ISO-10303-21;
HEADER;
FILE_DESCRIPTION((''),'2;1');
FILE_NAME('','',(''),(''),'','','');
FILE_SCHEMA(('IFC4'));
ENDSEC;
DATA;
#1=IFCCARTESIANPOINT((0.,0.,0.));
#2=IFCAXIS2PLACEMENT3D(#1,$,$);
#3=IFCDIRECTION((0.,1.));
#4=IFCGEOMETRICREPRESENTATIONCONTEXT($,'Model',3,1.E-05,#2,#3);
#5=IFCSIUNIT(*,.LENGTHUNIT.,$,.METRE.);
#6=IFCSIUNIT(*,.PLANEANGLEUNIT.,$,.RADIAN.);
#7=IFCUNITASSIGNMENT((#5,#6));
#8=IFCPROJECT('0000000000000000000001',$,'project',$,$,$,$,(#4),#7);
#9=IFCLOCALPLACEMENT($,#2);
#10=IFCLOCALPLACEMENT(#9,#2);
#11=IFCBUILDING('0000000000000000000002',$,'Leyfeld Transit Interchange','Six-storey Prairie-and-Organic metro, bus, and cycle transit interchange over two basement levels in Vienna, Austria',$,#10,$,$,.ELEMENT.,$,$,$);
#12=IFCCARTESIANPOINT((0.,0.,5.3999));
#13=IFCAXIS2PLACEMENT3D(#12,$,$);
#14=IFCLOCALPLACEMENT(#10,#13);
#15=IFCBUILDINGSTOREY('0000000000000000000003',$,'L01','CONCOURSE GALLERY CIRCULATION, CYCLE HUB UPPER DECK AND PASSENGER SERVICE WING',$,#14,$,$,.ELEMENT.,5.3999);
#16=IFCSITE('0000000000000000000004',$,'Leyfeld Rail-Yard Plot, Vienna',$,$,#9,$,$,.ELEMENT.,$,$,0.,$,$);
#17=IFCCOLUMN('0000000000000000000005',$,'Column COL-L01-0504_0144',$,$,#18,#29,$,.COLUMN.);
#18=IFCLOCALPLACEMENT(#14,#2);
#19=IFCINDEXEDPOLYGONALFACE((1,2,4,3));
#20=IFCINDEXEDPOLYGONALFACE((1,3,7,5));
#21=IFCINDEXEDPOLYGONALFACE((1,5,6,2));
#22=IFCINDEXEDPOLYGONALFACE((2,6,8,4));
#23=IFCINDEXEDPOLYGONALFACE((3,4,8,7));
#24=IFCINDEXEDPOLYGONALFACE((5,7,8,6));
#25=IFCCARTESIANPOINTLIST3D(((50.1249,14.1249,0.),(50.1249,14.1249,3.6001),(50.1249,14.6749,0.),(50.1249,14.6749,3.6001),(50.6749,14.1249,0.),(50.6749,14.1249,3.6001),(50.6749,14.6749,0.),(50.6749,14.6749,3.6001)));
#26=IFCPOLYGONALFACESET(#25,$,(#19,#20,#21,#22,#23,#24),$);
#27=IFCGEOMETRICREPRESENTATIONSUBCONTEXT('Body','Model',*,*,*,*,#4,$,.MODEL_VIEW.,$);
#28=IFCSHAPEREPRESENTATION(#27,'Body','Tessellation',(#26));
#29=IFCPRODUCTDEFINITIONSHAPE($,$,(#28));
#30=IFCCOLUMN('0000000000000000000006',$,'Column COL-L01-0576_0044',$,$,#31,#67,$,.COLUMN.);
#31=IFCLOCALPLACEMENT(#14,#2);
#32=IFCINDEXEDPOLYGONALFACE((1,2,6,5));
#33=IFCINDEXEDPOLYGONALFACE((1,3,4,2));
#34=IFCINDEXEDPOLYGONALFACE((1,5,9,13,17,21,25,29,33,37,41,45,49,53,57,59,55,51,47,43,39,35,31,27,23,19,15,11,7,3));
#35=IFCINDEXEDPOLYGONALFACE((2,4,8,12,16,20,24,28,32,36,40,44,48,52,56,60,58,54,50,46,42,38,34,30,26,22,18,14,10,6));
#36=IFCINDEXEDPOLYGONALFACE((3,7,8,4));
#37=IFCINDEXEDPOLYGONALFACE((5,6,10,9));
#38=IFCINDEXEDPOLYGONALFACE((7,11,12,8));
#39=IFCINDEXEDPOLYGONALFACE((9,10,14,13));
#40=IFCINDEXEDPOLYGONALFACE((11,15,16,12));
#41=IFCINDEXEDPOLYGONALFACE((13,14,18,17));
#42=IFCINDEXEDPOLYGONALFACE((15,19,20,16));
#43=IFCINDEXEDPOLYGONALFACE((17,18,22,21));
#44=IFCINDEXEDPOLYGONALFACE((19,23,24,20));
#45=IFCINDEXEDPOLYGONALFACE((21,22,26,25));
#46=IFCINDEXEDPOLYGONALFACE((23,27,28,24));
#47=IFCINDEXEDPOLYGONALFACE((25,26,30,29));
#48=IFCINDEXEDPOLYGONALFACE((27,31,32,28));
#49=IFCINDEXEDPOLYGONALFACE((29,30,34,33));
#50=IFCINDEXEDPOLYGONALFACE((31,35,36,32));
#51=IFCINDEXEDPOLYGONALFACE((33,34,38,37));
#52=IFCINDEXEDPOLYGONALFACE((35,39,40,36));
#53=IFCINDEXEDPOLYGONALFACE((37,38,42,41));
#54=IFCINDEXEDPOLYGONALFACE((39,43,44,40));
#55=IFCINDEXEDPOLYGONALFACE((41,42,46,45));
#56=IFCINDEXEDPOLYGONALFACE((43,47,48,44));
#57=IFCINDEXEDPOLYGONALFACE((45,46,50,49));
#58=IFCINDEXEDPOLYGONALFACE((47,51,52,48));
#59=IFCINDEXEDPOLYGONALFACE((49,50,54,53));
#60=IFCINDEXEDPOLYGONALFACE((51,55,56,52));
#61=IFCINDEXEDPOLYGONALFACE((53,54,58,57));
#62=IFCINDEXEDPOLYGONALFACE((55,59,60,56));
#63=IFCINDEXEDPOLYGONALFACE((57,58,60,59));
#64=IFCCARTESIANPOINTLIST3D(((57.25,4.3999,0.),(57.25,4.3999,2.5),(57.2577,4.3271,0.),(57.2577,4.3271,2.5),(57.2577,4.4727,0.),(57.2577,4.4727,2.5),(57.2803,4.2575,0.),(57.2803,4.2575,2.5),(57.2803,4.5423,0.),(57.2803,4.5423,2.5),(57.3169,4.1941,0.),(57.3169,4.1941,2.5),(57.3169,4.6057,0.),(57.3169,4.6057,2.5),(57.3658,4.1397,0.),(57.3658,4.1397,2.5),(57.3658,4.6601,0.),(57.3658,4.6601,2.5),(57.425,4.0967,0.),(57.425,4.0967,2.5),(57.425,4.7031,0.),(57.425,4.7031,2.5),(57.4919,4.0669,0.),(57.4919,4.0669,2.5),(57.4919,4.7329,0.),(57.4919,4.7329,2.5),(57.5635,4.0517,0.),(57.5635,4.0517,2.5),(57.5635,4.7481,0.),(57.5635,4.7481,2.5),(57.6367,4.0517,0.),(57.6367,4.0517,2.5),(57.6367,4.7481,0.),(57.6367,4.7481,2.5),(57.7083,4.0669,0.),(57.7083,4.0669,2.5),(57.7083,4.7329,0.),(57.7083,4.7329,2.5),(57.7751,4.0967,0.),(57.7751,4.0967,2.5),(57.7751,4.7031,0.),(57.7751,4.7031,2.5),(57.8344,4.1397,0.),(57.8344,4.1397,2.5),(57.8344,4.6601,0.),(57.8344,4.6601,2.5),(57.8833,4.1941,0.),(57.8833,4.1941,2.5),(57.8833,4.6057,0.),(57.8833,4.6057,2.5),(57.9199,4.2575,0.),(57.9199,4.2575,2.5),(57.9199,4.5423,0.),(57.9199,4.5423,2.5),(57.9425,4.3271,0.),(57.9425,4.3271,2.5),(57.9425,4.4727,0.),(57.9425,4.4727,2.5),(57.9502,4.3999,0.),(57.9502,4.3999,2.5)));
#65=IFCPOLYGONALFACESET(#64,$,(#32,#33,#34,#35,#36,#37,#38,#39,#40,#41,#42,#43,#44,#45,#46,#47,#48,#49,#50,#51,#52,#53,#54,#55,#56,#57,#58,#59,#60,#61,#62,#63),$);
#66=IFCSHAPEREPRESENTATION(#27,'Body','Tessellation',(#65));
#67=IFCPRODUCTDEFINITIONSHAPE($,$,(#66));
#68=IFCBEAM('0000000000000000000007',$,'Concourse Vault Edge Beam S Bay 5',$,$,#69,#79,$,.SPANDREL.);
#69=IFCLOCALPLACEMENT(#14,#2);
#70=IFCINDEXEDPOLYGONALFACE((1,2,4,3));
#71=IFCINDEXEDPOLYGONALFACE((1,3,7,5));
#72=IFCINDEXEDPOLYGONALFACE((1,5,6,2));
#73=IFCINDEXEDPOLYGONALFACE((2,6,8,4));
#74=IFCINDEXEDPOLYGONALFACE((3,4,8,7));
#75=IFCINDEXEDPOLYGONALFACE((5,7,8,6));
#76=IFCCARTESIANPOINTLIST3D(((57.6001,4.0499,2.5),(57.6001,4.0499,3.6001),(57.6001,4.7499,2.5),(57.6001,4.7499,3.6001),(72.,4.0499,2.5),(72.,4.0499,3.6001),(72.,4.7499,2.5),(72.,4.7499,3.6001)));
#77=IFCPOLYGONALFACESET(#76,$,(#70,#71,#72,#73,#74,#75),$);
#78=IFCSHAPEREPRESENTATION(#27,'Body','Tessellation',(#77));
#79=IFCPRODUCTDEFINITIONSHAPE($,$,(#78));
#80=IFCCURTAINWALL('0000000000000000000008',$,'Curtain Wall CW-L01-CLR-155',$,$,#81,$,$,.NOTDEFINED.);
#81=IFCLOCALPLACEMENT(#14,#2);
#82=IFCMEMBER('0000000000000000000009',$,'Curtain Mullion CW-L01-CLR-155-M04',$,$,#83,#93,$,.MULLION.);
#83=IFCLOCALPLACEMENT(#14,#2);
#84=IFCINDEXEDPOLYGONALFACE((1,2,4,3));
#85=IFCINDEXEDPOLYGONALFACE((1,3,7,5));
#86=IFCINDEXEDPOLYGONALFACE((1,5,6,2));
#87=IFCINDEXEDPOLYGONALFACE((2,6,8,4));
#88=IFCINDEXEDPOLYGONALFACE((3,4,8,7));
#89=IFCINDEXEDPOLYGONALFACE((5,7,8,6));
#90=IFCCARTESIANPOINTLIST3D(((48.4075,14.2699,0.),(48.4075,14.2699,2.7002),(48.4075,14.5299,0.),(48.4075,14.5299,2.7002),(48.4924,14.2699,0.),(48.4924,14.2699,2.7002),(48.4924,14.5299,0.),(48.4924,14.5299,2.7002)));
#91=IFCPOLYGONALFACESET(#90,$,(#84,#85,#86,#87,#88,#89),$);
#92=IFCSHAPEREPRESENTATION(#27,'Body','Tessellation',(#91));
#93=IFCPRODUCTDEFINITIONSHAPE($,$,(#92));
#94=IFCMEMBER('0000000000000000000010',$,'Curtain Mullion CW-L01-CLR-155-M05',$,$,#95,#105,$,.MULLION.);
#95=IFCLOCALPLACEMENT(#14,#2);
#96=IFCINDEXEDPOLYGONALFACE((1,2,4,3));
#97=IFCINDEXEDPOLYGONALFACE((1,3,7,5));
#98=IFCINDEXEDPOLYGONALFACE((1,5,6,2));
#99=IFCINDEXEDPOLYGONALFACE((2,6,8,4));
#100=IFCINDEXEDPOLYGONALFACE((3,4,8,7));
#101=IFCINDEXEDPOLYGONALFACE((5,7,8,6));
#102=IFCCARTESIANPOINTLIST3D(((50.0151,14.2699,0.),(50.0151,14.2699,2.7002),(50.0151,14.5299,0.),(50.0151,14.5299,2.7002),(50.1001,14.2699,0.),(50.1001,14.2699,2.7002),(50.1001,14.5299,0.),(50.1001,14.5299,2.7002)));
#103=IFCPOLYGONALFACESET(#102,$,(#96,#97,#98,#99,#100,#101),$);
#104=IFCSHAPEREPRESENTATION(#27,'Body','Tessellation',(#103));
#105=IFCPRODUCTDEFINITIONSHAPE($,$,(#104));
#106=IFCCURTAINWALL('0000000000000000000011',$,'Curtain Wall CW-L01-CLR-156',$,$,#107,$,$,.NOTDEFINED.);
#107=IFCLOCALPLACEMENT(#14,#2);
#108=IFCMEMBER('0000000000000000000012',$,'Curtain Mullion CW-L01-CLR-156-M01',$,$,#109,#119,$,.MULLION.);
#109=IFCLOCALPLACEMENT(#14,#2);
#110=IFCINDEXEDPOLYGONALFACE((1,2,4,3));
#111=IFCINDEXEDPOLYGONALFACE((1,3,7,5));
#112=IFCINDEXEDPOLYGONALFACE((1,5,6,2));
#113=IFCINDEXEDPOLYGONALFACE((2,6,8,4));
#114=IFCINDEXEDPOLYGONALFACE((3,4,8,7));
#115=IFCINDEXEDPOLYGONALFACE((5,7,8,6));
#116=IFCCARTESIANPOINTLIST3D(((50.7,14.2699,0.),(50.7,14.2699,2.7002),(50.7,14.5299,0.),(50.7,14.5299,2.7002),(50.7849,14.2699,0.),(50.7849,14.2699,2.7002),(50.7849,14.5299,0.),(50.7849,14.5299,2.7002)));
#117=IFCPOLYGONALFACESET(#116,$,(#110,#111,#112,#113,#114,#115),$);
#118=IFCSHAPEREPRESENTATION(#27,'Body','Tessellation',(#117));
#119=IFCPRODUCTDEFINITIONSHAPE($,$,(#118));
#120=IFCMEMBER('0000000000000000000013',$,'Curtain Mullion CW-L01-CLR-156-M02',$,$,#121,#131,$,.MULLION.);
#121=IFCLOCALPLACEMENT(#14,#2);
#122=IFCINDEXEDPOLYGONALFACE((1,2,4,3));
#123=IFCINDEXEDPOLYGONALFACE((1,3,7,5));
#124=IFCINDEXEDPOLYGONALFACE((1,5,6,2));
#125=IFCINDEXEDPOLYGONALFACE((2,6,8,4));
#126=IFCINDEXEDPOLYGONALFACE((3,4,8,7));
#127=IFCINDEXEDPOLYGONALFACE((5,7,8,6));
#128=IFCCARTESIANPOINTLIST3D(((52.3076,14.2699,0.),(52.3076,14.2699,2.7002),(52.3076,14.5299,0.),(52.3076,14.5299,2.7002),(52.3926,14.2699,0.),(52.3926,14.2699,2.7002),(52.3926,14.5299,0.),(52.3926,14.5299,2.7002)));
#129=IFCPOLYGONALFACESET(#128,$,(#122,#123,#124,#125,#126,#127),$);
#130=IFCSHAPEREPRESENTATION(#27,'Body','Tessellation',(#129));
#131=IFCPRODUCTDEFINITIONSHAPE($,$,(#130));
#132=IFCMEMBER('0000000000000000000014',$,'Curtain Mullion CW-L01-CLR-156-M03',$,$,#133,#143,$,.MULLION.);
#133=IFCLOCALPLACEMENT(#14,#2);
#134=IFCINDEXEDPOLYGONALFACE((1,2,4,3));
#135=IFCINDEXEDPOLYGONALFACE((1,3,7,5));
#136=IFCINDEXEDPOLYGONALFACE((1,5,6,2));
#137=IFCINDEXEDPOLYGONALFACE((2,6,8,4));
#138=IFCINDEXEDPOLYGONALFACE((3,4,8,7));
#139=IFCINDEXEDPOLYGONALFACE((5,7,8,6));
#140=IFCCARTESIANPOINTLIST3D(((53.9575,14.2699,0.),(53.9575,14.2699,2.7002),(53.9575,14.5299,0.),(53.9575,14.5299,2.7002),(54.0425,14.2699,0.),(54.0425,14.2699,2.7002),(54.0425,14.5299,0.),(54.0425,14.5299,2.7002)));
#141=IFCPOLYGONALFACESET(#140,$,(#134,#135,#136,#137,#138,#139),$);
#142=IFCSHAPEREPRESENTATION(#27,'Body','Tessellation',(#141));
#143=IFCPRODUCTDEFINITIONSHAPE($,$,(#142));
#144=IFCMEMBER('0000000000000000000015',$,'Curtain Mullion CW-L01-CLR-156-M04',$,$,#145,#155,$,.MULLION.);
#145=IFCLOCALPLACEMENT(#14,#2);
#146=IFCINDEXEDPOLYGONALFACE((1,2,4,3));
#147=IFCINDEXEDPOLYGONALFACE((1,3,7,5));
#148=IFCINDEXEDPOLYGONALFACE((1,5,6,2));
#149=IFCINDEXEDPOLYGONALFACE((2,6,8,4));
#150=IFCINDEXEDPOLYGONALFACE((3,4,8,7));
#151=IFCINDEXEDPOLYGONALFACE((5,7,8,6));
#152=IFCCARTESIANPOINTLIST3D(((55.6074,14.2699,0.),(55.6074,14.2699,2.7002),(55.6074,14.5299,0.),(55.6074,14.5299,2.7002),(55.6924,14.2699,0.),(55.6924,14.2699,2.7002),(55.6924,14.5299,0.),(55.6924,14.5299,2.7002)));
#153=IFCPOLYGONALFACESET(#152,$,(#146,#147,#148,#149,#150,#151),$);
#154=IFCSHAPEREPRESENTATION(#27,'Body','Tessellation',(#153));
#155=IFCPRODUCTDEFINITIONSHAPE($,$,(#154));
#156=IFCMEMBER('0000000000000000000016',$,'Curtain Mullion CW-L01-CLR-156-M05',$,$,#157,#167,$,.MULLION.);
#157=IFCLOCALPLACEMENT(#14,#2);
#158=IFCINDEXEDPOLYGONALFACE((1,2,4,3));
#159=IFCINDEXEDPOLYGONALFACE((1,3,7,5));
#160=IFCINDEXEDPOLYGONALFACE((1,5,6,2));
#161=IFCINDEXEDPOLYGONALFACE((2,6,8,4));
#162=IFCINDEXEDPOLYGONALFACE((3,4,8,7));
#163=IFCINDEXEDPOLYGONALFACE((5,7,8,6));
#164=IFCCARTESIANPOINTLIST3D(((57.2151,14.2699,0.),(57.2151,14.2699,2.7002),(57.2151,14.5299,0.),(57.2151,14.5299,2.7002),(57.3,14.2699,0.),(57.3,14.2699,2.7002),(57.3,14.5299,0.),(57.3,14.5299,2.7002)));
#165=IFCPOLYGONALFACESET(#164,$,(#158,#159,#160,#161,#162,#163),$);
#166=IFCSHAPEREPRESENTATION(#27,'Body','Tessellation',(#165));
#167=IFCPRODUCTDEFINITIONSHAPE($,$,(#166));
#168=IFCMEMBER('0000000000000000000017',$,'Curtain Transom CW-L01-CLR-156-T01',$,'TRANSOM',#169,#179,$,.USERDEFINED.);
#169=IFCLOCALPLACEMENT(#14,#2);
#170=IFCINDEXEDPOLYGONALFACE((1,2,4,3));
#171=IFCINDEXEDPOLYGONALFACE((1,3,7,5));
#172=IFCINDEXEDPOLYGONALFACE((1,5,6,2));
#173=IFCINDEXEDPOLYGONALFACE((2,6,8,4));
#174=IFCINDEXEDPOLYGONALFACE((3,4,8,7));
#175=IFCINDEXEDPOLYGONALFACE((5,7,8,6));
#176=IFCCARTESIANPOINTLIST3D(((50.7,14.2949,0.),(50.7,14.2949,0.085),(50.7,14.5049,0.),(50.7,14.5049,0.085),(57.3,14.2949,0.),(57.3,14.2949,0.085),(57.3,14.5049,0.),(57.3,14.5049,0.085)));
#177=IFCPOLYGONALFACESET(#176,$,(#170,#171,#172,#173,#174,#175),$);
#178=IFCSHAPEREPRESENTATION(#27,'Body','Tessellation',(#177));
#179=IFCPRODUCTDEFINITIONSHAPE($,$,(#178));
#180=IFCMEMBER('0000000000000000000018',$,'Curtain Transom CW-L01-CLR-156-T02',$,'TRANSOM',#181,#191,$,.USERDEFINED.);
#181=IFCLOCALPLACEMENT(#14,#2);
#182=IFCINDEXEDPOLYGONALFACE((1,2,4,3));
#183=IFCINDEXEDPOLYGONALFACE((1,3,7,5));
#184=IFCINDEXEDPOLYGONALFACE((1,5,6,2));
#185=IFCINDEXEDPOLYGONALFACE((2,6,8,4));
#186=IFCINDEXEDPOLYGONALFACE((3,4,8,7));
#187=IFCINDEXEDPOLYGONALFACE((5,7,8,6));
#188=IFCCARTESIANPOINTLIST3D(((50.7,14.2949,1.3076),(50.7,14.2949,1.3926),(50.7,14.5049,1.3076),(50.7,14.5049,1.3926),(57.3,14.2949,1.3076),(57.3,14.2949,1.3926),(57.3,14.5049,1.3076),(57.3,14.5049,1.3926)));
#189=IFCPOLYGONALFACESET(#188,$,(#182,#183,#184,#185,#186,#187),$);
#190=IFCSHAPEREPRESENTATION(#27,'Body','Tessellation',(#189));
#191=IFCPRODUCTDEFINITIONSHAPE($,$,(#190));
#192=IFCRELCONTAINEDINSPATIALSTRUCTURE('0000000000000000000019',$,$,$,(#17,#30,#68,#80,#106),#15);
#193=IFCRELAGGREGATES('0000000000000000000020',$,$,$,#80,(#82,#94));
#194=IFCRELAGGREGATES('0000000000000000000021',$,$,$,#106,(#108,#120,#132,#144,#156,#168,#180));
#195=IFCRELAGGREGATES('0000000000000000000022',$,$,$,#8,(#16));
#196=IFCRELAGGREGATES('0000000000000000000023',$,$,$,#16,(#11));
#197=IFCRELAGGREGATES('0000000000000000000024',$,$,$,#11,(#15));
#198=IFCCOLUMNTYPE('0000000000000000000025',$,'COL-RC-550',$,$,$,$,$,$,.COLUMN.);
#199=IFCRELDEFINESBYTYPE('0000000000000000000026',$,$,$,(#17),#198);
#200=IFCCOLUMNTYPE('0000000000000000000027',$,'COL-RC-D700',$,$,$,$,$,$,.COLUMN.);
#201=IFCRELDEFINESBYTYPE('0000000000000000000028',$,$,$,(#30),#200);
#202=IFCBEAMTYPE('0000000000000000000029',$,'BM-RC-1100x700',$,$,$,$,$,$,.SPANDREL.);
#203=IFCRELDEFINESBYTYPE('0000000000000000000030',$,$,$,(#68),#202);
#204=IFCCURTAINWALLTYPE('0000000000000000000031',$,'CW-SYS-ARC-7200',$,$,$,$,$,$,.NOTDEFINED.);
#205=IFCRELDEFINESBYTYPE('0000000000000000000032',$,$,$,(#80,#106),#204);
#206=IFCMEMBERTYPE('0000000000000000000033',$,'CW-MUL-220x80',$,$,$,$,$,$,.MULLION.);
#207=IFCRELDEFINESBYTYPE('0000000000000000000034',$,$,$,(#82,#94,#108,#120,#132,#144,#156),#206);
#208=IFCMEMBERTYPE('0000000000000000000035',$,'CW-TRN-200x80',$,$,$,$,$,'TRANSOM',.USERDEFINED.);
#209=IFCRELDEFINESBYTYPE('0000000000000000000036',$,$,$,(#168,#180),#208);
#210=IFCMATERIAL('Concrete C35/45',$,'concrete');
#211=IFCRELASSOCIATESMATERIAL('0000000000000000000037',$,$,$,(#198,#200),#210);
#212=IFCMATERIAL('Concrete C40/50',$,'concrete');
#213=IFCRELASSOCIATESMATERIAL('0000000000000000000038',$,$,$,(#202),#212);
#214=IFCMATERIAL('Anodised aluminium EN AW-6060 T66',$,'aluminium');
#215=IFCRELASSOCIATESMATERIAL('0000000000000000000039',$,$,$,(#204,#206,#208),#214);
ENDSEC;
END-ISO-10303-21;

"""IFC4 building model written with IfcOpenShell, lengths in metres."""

from ifc_helpers import new_model, si_unit, direction, frame, origin, origin_2d, place, context, subcontext, project, spatial, rectangle, circle, extrude, material, material_profile, profile_set, type_object, element, aggregate, save


model = new_model("IFC4")

# Units and contexts
model_context = context("Model", 3, precision=1e-05, world=origin(), true_north=direction((0.0, 1.0)))
body_context = subcontext(model_context, "Body", "Model", "MODEL_VIEW")
ifc_project = project(units=[si_unit("LENGTHUNIT", "METRE"), si_unit("PLANEANGLEUNIT", "RADIAN")], contexts=[model_context])

# Site, building, storey
site_placement = place(None, origin())
site = spatial("IfcSite", under=ifc_project, at=site_placement, Name="Leyfeld Rail-Yard Plot, Vienna", CompositionType="ELEMENT", RefElevation=0.0)
building_placement = place(site_placement, origin())
building = spatial("IfcBuilding", under=site, at=building_placement, Name="Leyfeld Transit Interchange", Description="Six-storey Prairie-and-Organic metro, bus, and cycle transit interchange over two basement levels in Vienna, Austria", CompositionType="ELEMENT")
storey_placement = place(building_placement, frame((0.0, 0.0, 5.3999)))
storey = spatial("IfcBuildingStorey", under=building, at=storey_placement, Name="L01", Description="CONCOURSE GALLERY CIRCULATION, CYCLE HUB UPPER DECK AND PASSENGER SERVICE WING", CompositionType="ELEMENT", Elevation=5.3999)

# Columns
ifc_material_1 = material(Name="Concrete C35/45", Category="concrete")
ifc_material_profile_1 = material_profile(ifc_material_1, rectangle(XDim=0.55, YDim=0.55, at=origin_2d()), Name="RC 550x550")
ifc_profile_set_1 = profile_set([ifc_material_profile_1], Name="Concrete C35/45")
column_type_1 = type_object("IfcColumnType", Name="COL-RC-550", PredefinedType="COLUMN", material=ifc_profile_set_1)
column_1_placement = place(storey_placement, frame((50.3999, 14.3999, 0.0), z_axis=(0.0, 0.0, 1.0), x_axis=(1.0, 0.0, 0.0)))
element("IfcColumn", 1, at=column_1_placement, inside=storey, type_object=column_type_1, Name="Column COL-L01-0504_0144", PredefinedType="COLUMN", context=body_context, shape_type="SweptSolid", body=[
    extrude(rectangle(XDim=0.55, YDim=0.55, at=origin_2d()), origin(), (0.0, 0.0, 1.0), 3.6001),
])
ifc_material_profile_2 = material_profile(ifc_material_1, circle(Radius=0.3501, at=origin_2d()), Name="RC D700")
ifc_profile_set_2 = profile_set([ifc_material_profile_2], Name="Concrete C35/45")
column_type_2 = type_object("IfcColumnType", Name="COL-RC-D700", PredefinedType="COLUMN", material=ifc_profile_set_2)
column_2_placement = place(storey_placement, frame((57.6001, 4.3999, 0.0), z_axis=(0.0, 0.0, 1.0), x_axis=(1.0, 0.0, 0.0)))
element("IfcColumn", 2, at=column_2_placement, inside=storey, type_object=column_type_2, Name="Column COL-L01-0576_0044", PredefinedType="COLUMN", context=body_context, shape_type="SweptSolid", body=[
    extrude(circle(Radius=0.3501, at=origin_2d()), origin(), (0.0, 0.0, 1.0), 2.5),
])

# Beam
ifc_material_2 = material(Name="Concrete C40/50", Category="concrete")
ifc_material_profile_3 = material_profile(ifc_material_2, rectangle(XDim=0.7, YDim=1.1001, at=origin_2d()), Name="RC 1100x700")
ifc_profile_set_3 = profile_set([ifc_material_profile_3], Name="Concrete C40/50")
beam_type = type_object("IfcBeamType", Name="BM-RC-1100x700", PredefinedType="SPANDREL", material=ifc_profile_set_3)
beam_placement = place(storey_placement, frame((57.6001, 4.3999, 3.05), z_axis=(1.0, 0.0, 0.0), x_axis=(0.0, 1.0, 0.0)))
element("IfcBeam", 3, at=beam_placement, inside=storey, type_object=beam_type, Name="Concourse Vault Edge Beam S Bay 5", PredefinedType="SPANDREL", context=body_context, shape_type="SweptSolid", body=[
    extrude(rectangle(XDim=0.7, YDim=1.1001, at=origin_2d()), origin(), (0.0, 0.0, 1.0), 14.3999),
])

# Curtain walls, members
ifc_material_3 = material(Name="Anodised aluminium EN AW-6060 T66", Category="aluminium")
curtain_wall_type = type_object("IfcCurtainWallType", Name="CW-SYS-ARC-7200", PredefinedType="NOTDEFINED", material=ifc_material_3)
curtain_wall_1_placement = place(storey_placement, origin())
curtain_wall_1 = element("IfcCurtainWall", 4, at=curtain_wall_1_placement, inside=storey, type_object=curtain_wall_type, Name="Curtain Wall CW-L01-CLR-155", PredefinedType="NOTDEFINED")
ifc_material_profile_4 = material_profile(ifc_material_3, rectangle(XDim=0.085, YDim=0.26, at=origin_2d()), Name="CW-M 85x260")
ifc_profile_set_4 = profile_set([ifc_material_profile_4], Name="Anodised aluminium EN AW-6060 T66")
member_type_1 = type_object("IfcMemberType", Name="CW-MUL-220x80", PredefinedType="MULLION", material=ifc_profile_set_4)
member_1_placement = place(storey_placement, frame((48.45, 14.3999, 0.0), z_axis=(0.0, 0.0, 1.0), x_axis=(1.0, 0.0, 0.0)))
member_1 = element("IfcMember", 5, at=member_1_placement, type_object=member_type_1, Name="Curtain Mullion CW-L01-CLR-155-M04", PredefinedType="MULLION", context=body_context, shape_type="SweptSolid", body=[
    extrude(rectangle(XDim=0.085, YDim=0.26, at=origin_2d()), origin(), (0.0, 0.0, 1.0), 2.7002),
])
member_2_placement = place(storey_placement, frame((50.0576, 14.3999, 0.0), z_axis=(0.0, 0.0, 1.0), x_axis=(1.0, 0.0, 0.0)))
member_2 = element("IfcMember", 6, at=member_2_placement, type_object=member_type_1, Name="Curtain Mullion CW-L01-CLR-155-M05", PredefinedType="MULLION", context=body_context, shape_type="SweptSolid", body=[
    extrude(rectangle(XDim=0.085, YDim=0.26, at=origin_2d()), origin(), (0.0, 0.0, 1.0), 2.7002),
])
curtain_wall_2_placement = place(storey_placement, origin())
curtain_wall_2 = element("IfcCurtainWall", 7, at=curtain_wall_2_placement, inside=storey, type_object=curtain_wall_type, Name="Curtain Wall CW-L01-CLR-156", PredefinedType="NOTDEFINED")
member_3_placement = place(storey_placement, frame((50.7424, 14.3999, 0.0), z_axis=(0.0, 0.0, 1.0), x_axis=(1.0, 0.0, 0.0)))
member_3 = element("IfcMember", 8, at=member_3_placement, type_object=member_type_1, Name="Curtain Mullion CW-L01-CLR-156-M01", PredefinedType="MULLION", context=body_context, shape_type="SweptSolid", body=[
    extrude(rectangle(XDim=0.085, YDim=0.26, at=origin_2d()), origin(), (0.0, 0.0, 1.0), 2.7002),
])
member_4_placement = place(storey_placement, frame((52.3501, 14.3999, 0.0), z_axis=(0.0, 0.0, 1.0), x_axis=(1.0, 0.0, 0.0)))
member_4 = element("IfcMember", 9, at=member_4_placement, type_object=member_type_1, Name="Curtain Mullion CW-L01-CLR-156-M02", PredefinedType="MULLION", context=body_context, shape_type="SweptSolid", body=[
    extrude(rectangle(XDim=0.085, YDim=0.26, at=origin_2d()), origin(), (0.0, 0.0, 1.0), 2.7002),
])
member_5_placement = place(storey_placement, frame((54.0, 14.3999, 0.0), z_axis=(0.0, 0.0, 1.0), x_axis=(1.0, 0.0, 0.0)))
member_5 = element("IfcMember", 10, at=member_5_placement, type_object=member_type_1, Name="Curtain Mullion CW-L01-CLR-156-M03", PredefinedType="MULLION", context=body_context, shape_type="SweptSolid", body=[
    extrude(rectangle(XDim=0.085, YDim=0.26, at=origin_2d()), origin(), (0.0, 0.0, 1.0), 2.7002),
])
member_6_placement = place(storey_placement, frame((55.6499, 14.3999, 0.0), z_axis=(0.0, 0.0, 1.0), x_axis=(1.0, 0.0, 0.0)))
member_6 = element("IfcMember", 11, at=member_6_placement, type_object=member_type_1, Name="Curtain Mullion CW-L01-CLR-156-M04", PredefinedType="MULLION", context=body_context, shape_type="SweptSolid", body=[
    extrude(rectangle(XDim=0.085, YDim=0.26, at=origin_2d()), origin(), (0.0, 0.0, 1.0), 2.7002),
])
member_7_placement = place(storey_placement, frame((57.2576, 14.3999, 0.0), z_axis=(0.0, 0.0, 1.0), x_axis=(1.0, 0.0, 0.0)))
member_7 = element("IfcMember", 12, at=member_7_placement, type_object=member_type_1, Name="Curtain Mullion CW-L01-CLR-156-M05", PredefinedType="MULLION", context=body_context, shape_type="SweptSolid", body=[
    extrude(rectangle(XDim=0.085, YDim=0.26, at=origin_2d()), origin(), (0.0, 0.0, 1.0), 2.7002),
])
ifc_material_profile_5 = material_profile(ifc_material_3, rectangle(XDim=0.21, YDim=0.085, at=origin_2d()), Name="CW-TRN-200x80")
ifc_profile_set_5 = profile_set([ifc_material_profile_5], Name="Anodised aluminium EN AW-6060 T66")
member_type_2 = type_object("IfcMemberType", Name="CW-TRN-200x80", ElementType="TRANSOM", PredefinedType="USERDEFINED", material=ifc_profile_set_5)
member_8_placement = place(storey_placement, frame((50.7, 14.3999, 0.0425), z_axis=(1.0, 0.0, 0.0), x_axis=(0.0, 1.0, 0.0)))
member_8 = element("IfcMember", 13, at=member_8_placement, type_object=member_type_2, Name="Curtain Transom CW-L01-CLR-156-T01", ObjectType="TRANSOM", PredefinedType="USERDEFINED", context=body_context, shape_type="SweptSolid", body=[
    extrude(rectangle(XDim=0.21, YDim=0.085, at=origin_2d()), origin(), (0.0, 0.0, 1.0), 6.6001),
])
member_9_placement = place(storey_placement, frame((50.7, 14.3999, 1.3501), z_axis=(1.0, 0.0, 0.0), x_axis=(0.0, 1.0, 0.0)))
member_9 = element("IfcMember", 14, at=member_9_placement, type_object=member_type_2, Name="Curtain Transom CW-L01-CLR-156-T02", ObjectType="TRANSOM", PredefinedType="USERDEFINED", context=body_context, shape_type="SweptSolid", body=[
    extrude(rectangle(XDim=0.21, YDim=0.085, at=origin_2d()), origin(), (0.0, 0.0, 1.0), 6.6001),
])

aggregate(curtain_wall_1, [member_1, member_2])
aggregate(curtain_wall_2, [member_3, member_4, member_5, member_6, member_7, member_8, member_9])

save(model, "model.ifc")
